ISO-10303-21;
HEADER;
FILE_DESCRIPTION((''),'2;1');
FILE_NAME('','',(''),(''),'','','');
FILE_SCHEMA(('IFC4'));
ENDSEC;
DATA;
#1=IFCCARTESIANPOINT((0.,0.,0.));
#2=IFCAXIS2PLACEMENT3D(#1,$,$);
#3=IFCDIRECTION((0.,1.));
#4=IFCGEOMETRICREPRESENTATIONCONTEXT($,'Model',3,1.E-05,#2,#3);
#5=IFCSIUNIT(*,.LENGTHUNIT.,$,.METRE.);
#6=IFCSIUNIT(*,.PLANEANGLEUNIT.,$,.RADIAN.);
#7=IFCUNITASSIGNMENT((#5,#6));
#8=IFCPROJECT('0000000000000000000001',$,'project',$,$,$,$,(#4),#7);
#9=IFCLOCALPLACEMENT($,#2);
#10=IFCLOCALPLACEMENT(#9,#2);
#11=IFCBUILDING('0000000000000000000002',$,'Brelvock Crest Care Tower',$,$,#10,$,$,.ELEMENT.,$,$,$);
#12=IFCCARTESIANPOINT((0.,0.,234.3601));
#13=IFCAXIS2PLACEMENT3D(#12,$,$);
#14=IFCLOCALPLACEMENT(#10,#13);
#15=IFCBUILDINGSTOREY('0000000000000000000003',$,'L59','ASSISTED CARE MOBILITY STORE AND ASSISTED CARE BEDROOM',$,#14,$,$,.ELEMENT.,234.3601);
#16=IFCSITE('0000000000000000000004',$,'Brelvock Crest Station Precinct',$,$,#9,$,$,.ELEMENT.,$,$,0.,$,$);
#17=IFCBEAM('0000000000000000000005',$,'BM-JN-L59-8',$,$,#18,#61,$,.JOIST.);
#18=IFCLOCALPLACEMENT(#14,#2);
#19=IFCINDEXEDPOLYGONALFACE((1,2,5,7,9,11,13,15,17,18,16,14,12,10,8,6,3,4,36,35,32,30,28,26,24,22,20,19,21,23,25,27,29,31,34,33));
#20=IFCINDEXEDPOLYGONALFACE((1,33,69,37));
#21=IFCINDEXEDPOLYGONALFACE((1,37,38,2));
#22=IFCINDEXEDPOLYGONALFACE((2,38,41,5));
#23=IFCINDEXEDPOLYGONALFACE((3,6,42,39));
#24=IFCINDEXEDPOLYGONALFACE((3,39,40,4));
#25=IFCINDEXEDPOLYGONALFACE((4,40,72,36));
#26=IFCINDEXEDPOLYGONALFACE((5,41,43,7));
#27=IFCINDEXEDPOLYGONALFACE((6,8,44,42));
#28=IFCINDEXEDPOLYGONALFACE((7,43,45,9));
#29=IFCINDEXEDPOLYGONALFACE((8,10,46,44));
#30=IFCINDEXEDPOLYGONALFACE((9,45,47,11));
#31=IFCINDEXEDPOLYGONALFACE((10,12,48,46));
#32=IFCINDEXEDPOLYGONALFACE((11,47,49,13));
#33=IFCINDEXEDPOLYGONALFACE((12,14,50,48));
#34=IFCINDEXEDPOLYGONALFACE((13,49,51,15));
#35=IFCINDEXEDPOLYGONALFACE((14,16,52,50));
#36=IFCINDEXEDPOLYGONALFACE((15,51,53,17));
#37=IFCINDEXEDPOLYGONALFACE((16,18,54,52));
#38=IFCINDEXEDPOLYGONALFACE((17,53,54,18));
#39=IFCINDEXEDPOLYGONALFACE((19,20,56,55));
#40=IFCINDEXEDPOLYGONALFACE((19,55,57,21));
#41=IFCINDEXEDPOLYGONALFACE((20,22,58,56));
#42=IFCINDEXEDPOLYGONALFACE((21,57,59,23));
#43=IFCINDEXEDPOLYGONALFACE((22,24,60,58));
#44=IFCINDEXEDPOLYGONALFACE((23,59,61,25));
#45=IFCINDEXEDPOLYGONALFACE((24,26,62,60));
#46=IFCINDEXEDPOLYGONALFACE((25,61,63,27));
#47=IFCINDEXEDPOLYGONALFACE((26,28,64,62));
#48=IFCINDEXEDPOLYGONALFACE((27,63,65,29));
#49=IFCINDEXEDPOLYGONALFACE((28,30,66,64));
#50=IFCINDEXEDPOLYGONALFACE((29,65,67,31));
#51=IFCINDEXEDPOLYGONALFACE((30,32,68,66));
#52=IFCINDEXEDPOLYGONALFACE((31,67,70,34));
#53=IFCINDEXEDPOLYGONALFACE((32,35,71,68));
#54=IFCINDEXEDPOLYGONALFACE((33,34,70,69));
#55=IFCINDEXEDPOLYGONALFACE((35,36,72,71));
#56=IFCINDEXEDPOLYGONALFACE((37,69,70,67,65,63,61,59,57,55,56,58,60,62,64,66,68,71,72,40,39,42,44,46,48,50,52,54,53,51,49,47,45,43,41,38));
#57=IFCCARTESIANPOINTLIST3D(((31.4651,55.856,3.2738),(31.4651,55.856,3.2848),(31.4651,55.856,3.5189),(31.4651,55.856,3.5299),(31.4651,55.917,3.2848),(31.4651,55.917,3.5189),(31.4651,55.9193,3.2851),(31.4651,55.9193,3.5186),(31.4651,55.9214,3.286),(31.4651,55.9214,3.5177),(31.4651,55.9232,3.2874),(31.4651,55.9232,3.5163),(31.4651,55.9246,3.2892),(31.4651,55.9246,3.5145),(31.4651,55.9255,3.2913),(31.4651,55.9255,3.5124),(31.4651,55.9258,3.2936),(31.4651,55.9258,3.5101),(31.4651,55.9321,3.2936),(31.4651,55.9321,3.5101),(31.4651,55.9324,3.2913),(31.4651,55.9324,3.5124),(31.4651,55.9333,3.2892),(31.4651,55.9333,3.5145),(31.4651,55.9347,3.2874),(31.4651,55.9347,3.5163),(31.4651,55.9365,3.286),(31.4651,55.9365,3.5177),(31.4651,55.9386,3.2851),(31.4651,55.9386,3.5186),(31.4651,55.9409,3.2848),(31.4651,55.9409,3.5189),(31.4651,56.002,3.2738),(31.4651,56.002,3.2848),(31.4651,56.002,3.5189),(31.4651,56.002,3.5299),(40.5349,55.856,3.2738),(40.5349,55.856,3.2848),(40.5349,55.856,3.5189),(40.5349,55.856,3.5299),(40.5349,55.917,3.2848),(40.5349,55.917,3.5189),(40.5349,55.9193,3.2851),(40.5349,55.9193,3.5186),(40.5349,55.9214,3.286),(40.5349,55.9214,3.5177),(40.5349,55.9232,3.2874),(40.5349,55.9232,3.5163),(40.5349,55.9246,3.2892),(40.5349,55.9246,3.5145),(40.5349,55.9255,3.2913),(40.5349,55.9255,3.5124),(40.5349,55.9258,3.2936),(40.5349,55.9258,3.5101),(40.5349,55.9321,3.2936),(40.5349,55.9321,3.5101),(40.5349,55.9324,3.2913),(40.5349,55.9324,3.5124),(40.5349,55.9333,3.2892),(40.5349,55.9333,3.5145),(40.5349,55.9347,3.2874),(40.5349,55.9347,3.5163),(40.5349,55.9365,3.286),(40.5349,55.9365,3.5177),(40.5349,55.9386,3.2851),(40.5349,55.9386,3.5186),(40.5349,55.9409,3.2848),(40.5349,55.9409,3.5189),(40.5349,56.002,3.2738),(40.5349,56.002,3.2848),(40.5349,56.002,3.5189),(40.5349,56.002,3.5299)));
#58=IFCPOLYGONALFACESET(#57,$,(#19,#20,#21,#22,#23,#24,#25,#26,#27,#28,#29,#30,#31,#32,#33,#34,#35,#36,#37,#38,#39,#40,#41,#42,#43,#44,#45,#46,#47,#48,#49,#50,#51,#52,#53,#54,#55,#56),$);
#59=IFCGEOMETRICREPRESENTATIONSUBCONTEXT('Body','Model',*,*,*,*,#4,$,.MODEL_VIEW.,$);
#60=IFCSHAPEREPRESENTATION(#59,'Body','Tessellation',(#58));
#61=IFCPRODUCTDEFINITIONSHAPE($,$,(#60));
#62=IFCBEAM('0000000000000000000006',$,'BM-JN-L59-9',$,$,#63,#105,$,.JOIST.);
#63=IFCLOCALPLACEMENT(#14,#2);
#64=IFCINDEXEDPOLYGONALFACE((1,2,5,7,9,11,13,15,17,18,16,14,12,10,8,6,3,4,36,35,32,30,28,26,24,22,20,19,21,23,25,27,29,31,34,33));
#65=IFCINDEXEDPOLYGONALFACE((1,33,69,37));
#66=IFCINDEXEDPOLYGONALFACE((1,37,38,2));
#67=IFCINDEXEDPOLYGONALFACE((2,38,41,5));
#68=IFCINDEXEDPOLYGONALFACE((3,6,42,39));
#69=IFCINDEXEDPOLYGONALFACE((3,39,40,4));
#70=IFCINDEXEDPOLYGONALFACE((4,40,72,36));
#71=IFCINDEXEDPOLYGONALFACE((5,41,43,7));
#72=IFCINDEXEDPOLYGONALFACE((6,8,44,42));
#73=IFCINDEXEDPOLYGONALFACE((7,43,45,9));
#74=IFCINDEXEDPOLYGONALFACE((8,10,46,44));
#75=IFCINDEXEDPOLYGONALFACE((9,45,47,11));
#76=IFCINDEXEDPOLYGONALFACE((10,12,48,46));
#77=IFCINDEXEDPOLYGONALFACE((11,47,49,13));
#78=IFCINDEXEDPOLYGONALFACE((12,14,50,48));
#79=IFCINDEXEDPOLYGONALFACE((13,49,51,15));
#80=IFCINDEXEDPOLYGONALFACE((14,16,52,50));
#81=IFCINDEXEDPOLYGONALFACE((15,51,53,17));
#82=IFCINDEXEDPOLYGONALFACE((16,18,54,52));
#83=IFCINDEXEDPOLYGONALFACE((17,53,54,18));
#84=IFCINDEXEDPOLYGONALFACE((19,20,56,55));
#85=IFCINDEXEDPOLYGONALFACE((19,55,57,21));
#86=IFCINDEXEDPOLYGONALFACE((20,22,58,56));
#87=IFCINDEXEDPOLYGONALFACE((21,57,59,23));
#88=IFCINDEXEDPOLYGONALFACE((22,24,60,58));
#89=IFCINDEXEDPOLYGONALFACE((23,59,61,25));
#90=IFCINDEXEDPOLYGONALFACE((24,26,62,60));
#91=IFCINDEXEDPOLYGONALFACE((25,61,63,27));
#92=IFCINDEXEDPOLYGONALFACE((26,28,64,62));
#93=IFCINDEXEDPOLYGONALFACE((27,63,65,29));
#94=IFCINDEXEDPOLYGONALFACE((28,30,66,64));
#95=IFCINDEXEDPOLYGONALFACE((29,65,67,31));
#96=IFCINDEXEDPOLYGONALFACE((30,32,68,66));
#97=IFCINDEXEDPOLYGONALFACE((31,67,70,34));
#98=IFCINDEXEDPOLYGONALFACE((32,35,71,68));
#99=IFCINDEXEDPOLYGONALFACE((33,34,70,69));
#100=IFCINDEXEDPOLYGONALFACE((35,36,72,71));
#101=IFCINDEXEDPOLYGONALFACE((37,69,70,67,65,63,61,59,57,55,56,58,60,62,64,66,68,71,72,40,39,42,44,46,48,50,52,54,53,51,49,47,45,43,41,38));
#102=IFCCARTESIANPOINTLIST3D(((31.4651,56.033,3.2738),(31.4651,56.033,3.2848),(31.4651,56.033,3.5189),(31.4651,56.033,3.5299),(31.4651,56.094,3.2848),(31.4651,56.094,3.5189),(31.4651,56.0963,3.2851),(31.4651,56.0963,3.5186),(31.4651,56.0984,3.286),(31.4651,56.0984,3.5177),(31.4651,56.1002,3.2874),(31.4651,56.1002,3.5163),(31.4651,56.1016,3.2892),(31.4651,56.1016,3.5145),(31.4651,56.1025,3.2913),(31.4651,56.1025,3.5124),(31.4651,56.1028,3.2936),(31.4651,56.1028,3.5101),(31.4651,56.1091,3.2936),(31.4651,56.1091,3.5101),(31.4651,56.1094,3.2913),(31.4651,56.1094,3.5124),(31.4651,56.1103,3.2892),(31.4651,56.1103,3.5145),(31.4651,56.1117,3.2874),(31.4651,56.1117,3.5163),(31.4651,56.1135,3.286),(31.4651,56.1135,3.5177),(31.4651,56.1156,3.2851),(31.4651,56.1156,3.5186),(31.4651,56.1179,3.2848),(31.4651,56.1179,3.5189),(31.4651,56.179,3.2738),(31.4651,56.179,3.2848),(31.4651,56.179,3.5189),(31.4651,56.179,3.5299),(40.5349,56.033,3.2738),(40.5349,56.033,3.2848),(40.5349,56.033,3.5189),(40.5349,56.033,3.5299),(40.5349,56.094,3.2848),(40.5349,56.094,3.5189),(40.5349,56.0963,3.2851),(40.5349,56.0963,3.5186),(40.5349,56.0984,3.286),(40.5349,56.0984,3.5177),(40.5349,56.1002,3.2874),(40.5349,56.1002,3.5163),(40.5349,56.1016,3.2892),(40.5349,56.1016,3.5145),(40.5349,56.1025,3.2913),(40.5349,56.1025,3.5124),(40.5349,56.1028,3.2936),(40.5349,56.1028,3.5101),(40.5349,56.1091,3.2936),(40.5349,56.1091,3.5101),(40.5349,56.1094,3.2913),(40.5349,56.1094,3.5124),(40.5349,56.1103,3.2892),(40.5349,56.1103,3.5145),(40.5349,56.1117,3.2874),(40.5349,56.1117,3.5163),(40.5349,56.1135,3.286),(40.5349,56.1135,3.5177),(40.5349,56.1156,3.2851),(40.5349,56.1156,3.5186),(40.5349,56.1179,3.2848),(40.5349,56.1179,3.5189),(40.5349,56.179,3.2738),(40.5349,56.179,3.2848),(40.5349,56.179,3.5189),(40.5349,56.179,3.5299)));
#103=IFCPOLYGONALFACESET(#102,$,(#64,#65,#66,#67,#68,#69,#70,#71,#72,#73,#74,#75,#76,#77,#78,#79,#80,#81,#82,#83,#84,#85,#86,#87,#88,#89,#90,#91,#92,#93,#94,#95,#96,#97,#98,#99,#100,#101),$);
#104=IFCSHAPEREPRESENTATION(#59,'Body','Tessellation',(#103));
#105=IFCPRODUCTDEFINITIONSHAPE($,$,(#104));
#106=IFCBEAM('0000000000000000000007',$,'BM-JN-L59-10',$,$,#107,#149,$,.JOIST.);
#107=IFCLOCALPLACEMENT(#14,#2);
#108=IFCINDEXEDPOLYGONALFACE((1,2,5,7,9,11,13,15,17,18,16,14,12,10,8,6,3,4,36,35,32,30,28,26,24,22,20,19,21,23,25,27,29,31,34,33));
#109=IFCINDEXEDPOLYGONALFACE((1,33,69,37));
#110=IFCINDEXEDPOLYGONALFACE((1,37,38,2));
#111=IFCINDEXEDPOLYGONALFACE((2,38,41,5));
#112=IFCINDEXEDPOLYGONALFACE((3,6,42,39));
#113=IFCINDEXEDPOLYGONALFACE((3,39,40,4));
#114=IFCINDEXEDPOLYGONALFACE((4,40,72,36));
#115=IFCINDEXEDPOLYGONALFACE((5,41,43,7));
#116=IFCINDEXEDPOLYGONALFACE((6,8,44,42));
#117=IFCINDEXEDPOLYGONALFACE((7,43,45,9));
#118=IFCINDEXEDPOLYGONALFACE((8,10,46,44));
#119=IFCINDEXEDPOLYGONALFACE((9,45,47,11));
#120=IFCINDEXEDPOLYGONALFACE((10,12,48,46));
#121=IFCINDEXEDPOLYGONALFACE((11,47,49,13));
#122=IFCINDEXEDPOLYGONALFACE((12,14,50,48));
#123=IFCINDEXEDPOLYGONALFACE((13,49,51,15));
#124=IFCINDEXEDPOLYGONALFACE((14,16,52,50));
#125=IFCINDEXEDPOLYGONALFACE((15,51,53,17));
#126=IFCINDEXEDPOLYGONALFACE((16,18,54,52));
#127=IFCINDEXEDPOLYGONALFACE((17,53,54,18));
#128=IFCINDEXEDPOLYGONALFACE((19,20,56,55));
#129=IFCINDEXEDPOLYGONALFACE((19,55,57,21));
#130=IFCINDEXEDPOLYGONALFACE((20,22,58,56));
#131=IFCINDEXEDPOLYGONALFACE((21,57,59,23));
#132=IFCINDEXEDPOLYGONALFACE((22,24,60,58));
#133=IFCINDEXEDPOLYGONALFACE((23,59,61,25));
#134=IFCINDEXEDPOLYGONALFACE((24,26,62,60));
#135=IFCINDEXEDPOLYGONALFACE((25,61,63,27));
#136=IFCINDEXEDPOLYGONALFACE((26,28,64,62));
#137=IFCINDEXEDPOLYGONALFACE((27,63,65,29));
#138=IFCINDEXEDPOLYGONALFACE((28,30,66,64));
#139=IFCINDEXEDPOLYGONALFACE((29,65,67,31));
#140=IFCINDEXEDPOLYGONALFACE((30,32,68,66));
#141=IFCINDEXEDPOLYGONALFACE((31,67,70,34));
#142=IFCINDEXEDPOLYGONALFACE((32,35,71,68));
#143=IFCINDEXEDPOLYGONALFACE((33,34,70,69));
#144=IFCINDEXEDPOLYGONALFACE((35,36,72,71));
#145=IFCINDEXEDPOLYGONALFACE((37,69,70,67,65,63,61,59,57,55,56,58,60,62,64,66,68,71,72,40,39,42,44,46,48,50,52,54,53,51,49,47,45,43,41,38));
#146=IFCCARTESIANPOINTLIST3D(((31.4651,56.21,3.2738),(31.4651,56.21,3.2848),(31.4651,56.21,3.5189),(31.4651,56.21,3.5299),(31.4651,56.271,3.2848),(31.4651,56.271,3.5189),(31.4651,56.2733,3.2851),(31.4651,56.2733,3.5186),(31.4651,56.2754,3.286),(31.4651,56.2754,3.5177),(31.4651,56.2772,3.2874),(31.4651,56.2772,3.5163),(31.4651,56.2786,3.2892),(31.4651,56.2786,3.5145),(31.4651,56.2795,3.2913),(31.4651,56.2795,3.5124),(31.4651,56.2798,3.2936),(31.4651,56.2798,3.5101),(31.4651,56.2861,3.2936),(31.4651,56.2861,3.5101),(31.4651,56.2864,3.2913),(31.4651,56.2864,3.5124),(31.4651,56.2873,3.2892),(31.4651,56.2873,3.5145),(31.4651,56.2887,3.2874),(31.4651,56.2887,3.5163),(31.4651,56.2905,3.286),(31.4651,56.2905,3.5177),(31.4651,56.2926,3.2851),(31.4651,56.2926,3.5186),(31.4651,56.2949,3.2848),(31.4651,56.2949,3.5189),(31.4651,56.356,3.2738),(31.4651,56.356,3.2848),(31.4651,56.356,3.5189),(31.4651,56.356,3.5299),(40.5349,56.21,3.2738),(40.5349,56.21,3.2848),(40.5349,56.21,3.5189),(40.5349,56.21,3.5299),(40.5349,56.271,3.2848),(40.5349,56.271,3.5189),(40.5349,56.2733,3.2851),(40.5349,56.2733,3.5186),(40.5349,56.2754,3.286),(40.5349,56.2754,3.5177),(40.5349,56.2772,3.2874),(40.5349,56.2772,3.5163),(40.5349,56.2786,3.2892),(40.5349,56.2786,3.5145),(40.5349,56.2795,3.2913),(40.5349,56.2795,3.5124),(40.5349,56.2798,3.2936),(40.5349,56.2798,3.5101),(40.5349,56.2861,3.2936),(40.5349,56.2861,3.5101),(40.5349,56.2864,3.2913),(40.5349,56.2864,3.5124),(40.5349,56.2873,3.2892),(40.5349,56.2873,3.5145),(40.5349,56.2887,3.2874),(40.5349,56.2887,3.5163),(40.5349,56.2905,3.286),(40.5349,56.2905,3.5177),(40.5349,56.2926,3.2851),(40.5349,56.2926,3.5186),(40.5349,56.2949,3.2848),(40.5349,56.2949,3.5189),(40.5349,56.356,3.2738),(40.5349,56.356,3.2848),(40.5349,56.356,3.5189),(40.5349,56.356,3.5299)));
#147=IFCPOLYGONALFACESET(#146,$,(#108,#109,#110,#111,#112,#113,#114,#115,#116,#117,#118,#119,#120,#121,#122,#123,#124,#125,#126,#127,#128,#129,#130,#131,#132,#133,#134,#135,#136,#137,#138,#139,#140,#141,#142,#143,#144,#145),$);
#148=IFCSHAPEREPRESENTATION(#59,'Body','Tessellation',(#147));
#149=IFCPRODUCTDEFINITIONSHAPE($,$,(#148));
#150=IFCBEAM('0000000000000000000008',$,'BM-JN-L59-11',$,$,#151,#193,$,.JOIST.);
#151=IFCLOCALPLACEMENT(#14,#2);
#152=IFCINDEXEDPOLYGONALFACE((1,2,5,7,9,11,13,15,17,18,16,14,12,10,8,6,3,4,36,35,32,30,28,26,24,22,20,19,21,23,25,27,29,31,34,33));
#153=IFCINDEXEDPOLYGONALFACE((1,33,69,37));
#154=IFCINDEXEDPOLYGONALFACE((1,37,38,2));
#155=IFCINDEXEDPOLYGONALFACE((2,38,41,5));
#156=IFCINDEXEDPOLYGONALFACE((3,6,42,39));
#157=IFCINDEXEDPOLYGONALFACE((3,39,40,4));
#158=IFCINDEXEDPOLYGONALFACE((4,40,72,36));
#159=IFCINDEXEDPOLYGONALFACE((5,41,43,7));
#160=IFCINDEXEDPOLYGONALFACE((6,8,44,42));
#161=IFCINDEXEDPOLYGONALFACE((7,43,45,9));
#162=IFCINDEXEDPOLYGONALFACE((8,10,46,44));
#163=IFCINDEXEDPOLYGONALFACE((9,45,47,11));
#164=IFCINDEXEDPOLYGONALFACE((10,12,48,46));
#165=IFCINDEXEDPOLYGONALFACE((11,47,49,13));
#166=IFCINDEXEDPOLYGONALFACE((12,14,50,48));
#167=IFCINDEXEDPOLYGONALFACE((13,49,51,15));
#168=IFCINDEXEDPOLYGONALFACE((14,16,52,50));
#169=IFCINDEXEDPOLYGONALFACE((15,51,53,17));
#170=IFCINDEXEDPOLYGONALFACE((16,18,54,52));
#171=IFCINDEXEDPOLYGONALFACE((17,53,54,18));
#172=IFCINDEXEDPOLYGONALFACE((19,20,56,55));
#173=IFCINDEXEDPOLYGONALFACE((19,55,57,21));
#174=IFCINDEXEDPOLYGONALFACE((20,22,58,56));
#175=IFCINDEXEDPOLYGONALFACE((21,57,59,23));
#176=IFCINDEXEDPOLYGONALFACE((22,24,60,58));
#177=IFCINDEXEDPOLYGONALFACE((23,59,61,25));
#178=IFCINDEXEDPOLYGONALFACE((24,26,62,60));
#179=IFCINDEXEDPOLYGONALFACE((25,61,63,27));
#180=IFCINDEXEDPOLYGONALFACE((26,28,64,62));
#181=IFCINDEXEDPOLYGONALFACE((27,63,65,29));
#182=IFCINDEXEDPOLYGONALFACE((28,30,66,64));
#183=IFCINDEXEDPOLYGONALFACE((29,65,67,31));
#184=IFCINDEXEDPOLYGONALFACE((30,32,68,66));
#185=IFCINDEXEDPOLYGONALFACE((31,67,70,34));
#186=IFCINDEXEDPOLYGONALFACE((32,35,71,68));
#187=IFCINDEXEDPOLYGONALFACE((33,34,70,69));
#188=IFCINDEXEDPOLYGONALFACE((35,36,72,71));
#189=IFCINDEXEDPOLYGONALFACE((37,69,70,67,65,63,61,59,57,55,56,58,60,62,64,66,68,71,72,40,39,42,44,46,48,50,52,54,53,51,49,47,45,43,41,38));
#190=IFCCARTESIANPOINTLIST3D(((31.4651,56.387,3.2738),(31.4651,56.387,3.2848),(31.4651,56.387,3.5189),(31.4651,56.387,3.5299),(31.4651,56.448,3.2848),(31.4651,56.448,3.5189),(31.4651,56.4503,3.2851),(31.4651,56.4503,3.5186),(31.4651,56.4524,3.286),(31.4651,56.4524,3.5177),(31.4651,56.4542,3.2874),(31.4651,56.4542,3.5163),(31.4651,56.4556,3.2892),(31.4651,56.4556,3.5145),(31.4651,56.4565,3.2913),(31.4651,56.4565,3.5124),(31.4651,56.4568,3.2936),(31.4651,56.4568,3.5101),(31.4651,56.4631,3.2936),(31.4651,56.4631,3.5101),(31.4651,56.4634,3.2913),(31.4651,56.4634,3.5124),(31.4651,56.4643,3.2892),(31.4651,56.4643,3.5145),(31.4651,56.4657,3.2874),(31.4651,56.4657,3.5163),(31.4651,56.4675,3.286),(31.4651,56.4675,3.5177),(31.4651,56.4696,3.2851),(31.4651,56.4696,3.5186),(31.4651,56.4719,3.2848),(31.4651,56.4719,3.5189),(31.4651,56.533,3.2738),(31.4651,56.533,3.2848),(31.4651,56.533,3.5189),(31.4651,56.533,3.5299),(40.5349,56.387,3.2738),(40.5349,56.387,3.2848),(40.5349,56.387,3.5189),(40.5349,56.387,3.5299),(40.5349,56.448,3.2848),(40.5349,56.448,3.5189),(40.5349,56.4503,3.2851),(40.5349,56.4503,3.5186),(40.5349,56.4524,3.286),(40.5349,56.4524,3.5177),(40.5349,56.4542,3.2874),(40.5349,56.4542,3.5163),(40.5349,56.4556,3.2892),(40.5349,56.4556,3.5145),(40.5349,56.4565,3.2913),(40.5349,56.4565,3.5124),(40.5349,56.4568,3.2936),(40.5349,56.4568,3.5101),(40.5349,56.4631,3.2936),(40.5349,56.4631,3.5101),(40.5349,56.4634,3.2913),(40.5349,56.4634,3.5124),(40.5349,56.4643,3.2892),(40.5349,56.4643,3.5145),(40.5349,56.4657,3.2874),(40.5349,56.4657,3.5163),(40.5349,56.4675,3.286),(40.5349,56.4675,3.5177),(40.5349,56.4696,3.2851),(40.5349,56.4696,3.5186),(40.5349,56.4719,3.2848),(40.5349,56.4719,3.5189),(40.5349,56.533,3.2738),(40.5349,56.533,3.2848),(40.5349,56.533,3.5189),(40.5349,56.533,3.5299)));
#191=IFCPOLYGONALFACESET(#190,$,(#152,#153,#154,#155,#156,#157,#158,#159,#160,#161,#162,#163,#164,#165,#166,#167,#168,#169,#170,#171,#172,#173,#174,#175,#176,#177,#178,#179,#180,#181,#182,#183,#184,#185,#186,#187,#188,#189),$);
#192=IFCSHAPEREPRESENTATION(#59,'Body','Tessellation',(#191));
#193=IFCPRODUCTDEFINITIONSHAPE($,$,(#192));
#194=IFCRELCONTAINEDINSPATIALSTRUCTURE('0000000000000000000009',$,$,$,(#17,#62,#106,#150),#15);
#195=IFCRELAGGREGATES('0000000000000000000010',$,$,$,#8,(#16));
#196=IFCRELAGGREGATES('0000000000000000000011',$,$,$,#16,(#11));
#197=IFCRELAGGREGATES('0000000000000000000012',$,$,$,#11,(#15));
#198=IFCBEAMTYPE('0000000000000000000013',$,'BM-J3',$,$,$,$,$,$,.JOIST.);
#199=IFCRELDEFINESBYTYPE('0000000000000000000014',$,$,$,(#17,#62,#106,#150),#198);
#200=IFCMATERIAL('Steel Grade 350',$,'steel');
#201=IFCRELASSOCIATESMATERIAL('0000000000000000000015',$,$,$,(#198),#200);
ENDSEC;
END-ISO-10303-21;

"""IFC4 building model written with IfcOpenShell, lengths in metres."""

from ifc_helpers import new_model, si_unit, direction, frame, origin, origin_2d, place, context, subcontext, project, spatial, i_section, extrude, source, transform, mapped, material, material_profile, profile_set, type_object, element, save


model = new_model("IFC4")

# Units and contexts
model_context = context("Model", 3, precision=1e-05, world=origin(), true_north=direction((0.0, 1.0)))
body_context = subcontext(model_context, "Body", "Model", "MODEL_VIEW")
ifc_project = project(units=[si_unit("LENGTHUNIT", "METRE"), si_unit("PLANEANGLEUNIT", "RADIAN")], contexts=[model_context])

# Site, building, storey
site_placement = place(None, origin())
site = spatial("IfcSite", under=ifc_project, at=site_placement, Name="Brelvock Crest Station Precinct", CompositionType="ELEMENT", RefElevation=0.0)
building_placement = place(site_placement, origin())
building = spatial("IfcBuilding", under=site, at=building_placement, Name="Brelvock Crest Care Tower", CompositionType="ELEMENT")
storey_placement = place(building_placement, frame((0.0, 0.0, 234.3601)))
storey = spatial("IfcBuildingStorey", under=building, at=storey_placement, Name="L59", Description="ASSISTED CARE MOBILITY STORE AND ASSISTED CARE BEDROOM", CompositionType="ELEMENT", Elevation=234.3601)

# Shared definitions
ifc_material_1 = material(Name="Steel Grade 350", Category="steel")

# Beams
ifc_material_profile_1 = material_profile(ifc_material_1, i_section(OverallWidth=0.146, OverallDepth=0.2561, WebThickness=0.0063, FlangeThickness=0.011, FilletRadius=0.0088, at=origin_2d()), Name="250UB37.3")
ifc_profile_set_1 = profile_set([ifc_material_profile_1], Name="Steel Grade 350")
beam_type_1 = type_object("IfcBeamType", Name="BM-J3", PredefinedType="JOIST", material=ifc_profile_set_1)
shared_shape_1 = source(origin(), body_context, "Body", "SweptSolid", [
    extrude(i_section(OverallWidth=0.146, OverallDepth=0.2561, WebThickness=0.0063, FlangeThickness=0.011, FilletRadius=0.0088, at=origin_2d()), origin(), (0.0, 0.0, 1.0), 9.0698),
])
for number, where, z_axis, x_axis, name in (
    (1, (31.4651, 55.929, 3.4019), (1.0, 0.0, 0.0), (0.0, 1.0, 0.0), "BM-JN-L59-8"),
    (2, (31.4651, 56.106, 3.4019), (1.0, 0.0, 0.0), (0.0, 1.0, 0.0), "BM-JN-L59-9"),
    (3, (31.4651, 56.283, 3.4019), (1.0, 0.0, 0.0), (0.0, 1.0, 0.0), "BM-JN-L59-10"),
    (4, (31.4651, 56.46, 3.4019), (1.0, 0.0, 0.0), (0.0, 1.0, 0.0), "BM-JN-L59-11"),
):
    element("IfcBeam", number, at=place(storey_placement, frame(where, z_axis=z_axis, x_axis=x_axis)), inside=storey, type_object=beam_type_1, Name=name, PredefinedType="JOIST", context=body_context, shape_type="MappedRepresentation", body=[
        mapped(shared_shape_1, transform((0.0, 0.0, 0.0), x_axis=(1.0, 0.0, 0.0), y_axis=(0.0, 1.0, 0.0), z_axis=(0.0, 0.0, 1.0), scale=1.0)),
    ])

save(model, "model.ifc")
